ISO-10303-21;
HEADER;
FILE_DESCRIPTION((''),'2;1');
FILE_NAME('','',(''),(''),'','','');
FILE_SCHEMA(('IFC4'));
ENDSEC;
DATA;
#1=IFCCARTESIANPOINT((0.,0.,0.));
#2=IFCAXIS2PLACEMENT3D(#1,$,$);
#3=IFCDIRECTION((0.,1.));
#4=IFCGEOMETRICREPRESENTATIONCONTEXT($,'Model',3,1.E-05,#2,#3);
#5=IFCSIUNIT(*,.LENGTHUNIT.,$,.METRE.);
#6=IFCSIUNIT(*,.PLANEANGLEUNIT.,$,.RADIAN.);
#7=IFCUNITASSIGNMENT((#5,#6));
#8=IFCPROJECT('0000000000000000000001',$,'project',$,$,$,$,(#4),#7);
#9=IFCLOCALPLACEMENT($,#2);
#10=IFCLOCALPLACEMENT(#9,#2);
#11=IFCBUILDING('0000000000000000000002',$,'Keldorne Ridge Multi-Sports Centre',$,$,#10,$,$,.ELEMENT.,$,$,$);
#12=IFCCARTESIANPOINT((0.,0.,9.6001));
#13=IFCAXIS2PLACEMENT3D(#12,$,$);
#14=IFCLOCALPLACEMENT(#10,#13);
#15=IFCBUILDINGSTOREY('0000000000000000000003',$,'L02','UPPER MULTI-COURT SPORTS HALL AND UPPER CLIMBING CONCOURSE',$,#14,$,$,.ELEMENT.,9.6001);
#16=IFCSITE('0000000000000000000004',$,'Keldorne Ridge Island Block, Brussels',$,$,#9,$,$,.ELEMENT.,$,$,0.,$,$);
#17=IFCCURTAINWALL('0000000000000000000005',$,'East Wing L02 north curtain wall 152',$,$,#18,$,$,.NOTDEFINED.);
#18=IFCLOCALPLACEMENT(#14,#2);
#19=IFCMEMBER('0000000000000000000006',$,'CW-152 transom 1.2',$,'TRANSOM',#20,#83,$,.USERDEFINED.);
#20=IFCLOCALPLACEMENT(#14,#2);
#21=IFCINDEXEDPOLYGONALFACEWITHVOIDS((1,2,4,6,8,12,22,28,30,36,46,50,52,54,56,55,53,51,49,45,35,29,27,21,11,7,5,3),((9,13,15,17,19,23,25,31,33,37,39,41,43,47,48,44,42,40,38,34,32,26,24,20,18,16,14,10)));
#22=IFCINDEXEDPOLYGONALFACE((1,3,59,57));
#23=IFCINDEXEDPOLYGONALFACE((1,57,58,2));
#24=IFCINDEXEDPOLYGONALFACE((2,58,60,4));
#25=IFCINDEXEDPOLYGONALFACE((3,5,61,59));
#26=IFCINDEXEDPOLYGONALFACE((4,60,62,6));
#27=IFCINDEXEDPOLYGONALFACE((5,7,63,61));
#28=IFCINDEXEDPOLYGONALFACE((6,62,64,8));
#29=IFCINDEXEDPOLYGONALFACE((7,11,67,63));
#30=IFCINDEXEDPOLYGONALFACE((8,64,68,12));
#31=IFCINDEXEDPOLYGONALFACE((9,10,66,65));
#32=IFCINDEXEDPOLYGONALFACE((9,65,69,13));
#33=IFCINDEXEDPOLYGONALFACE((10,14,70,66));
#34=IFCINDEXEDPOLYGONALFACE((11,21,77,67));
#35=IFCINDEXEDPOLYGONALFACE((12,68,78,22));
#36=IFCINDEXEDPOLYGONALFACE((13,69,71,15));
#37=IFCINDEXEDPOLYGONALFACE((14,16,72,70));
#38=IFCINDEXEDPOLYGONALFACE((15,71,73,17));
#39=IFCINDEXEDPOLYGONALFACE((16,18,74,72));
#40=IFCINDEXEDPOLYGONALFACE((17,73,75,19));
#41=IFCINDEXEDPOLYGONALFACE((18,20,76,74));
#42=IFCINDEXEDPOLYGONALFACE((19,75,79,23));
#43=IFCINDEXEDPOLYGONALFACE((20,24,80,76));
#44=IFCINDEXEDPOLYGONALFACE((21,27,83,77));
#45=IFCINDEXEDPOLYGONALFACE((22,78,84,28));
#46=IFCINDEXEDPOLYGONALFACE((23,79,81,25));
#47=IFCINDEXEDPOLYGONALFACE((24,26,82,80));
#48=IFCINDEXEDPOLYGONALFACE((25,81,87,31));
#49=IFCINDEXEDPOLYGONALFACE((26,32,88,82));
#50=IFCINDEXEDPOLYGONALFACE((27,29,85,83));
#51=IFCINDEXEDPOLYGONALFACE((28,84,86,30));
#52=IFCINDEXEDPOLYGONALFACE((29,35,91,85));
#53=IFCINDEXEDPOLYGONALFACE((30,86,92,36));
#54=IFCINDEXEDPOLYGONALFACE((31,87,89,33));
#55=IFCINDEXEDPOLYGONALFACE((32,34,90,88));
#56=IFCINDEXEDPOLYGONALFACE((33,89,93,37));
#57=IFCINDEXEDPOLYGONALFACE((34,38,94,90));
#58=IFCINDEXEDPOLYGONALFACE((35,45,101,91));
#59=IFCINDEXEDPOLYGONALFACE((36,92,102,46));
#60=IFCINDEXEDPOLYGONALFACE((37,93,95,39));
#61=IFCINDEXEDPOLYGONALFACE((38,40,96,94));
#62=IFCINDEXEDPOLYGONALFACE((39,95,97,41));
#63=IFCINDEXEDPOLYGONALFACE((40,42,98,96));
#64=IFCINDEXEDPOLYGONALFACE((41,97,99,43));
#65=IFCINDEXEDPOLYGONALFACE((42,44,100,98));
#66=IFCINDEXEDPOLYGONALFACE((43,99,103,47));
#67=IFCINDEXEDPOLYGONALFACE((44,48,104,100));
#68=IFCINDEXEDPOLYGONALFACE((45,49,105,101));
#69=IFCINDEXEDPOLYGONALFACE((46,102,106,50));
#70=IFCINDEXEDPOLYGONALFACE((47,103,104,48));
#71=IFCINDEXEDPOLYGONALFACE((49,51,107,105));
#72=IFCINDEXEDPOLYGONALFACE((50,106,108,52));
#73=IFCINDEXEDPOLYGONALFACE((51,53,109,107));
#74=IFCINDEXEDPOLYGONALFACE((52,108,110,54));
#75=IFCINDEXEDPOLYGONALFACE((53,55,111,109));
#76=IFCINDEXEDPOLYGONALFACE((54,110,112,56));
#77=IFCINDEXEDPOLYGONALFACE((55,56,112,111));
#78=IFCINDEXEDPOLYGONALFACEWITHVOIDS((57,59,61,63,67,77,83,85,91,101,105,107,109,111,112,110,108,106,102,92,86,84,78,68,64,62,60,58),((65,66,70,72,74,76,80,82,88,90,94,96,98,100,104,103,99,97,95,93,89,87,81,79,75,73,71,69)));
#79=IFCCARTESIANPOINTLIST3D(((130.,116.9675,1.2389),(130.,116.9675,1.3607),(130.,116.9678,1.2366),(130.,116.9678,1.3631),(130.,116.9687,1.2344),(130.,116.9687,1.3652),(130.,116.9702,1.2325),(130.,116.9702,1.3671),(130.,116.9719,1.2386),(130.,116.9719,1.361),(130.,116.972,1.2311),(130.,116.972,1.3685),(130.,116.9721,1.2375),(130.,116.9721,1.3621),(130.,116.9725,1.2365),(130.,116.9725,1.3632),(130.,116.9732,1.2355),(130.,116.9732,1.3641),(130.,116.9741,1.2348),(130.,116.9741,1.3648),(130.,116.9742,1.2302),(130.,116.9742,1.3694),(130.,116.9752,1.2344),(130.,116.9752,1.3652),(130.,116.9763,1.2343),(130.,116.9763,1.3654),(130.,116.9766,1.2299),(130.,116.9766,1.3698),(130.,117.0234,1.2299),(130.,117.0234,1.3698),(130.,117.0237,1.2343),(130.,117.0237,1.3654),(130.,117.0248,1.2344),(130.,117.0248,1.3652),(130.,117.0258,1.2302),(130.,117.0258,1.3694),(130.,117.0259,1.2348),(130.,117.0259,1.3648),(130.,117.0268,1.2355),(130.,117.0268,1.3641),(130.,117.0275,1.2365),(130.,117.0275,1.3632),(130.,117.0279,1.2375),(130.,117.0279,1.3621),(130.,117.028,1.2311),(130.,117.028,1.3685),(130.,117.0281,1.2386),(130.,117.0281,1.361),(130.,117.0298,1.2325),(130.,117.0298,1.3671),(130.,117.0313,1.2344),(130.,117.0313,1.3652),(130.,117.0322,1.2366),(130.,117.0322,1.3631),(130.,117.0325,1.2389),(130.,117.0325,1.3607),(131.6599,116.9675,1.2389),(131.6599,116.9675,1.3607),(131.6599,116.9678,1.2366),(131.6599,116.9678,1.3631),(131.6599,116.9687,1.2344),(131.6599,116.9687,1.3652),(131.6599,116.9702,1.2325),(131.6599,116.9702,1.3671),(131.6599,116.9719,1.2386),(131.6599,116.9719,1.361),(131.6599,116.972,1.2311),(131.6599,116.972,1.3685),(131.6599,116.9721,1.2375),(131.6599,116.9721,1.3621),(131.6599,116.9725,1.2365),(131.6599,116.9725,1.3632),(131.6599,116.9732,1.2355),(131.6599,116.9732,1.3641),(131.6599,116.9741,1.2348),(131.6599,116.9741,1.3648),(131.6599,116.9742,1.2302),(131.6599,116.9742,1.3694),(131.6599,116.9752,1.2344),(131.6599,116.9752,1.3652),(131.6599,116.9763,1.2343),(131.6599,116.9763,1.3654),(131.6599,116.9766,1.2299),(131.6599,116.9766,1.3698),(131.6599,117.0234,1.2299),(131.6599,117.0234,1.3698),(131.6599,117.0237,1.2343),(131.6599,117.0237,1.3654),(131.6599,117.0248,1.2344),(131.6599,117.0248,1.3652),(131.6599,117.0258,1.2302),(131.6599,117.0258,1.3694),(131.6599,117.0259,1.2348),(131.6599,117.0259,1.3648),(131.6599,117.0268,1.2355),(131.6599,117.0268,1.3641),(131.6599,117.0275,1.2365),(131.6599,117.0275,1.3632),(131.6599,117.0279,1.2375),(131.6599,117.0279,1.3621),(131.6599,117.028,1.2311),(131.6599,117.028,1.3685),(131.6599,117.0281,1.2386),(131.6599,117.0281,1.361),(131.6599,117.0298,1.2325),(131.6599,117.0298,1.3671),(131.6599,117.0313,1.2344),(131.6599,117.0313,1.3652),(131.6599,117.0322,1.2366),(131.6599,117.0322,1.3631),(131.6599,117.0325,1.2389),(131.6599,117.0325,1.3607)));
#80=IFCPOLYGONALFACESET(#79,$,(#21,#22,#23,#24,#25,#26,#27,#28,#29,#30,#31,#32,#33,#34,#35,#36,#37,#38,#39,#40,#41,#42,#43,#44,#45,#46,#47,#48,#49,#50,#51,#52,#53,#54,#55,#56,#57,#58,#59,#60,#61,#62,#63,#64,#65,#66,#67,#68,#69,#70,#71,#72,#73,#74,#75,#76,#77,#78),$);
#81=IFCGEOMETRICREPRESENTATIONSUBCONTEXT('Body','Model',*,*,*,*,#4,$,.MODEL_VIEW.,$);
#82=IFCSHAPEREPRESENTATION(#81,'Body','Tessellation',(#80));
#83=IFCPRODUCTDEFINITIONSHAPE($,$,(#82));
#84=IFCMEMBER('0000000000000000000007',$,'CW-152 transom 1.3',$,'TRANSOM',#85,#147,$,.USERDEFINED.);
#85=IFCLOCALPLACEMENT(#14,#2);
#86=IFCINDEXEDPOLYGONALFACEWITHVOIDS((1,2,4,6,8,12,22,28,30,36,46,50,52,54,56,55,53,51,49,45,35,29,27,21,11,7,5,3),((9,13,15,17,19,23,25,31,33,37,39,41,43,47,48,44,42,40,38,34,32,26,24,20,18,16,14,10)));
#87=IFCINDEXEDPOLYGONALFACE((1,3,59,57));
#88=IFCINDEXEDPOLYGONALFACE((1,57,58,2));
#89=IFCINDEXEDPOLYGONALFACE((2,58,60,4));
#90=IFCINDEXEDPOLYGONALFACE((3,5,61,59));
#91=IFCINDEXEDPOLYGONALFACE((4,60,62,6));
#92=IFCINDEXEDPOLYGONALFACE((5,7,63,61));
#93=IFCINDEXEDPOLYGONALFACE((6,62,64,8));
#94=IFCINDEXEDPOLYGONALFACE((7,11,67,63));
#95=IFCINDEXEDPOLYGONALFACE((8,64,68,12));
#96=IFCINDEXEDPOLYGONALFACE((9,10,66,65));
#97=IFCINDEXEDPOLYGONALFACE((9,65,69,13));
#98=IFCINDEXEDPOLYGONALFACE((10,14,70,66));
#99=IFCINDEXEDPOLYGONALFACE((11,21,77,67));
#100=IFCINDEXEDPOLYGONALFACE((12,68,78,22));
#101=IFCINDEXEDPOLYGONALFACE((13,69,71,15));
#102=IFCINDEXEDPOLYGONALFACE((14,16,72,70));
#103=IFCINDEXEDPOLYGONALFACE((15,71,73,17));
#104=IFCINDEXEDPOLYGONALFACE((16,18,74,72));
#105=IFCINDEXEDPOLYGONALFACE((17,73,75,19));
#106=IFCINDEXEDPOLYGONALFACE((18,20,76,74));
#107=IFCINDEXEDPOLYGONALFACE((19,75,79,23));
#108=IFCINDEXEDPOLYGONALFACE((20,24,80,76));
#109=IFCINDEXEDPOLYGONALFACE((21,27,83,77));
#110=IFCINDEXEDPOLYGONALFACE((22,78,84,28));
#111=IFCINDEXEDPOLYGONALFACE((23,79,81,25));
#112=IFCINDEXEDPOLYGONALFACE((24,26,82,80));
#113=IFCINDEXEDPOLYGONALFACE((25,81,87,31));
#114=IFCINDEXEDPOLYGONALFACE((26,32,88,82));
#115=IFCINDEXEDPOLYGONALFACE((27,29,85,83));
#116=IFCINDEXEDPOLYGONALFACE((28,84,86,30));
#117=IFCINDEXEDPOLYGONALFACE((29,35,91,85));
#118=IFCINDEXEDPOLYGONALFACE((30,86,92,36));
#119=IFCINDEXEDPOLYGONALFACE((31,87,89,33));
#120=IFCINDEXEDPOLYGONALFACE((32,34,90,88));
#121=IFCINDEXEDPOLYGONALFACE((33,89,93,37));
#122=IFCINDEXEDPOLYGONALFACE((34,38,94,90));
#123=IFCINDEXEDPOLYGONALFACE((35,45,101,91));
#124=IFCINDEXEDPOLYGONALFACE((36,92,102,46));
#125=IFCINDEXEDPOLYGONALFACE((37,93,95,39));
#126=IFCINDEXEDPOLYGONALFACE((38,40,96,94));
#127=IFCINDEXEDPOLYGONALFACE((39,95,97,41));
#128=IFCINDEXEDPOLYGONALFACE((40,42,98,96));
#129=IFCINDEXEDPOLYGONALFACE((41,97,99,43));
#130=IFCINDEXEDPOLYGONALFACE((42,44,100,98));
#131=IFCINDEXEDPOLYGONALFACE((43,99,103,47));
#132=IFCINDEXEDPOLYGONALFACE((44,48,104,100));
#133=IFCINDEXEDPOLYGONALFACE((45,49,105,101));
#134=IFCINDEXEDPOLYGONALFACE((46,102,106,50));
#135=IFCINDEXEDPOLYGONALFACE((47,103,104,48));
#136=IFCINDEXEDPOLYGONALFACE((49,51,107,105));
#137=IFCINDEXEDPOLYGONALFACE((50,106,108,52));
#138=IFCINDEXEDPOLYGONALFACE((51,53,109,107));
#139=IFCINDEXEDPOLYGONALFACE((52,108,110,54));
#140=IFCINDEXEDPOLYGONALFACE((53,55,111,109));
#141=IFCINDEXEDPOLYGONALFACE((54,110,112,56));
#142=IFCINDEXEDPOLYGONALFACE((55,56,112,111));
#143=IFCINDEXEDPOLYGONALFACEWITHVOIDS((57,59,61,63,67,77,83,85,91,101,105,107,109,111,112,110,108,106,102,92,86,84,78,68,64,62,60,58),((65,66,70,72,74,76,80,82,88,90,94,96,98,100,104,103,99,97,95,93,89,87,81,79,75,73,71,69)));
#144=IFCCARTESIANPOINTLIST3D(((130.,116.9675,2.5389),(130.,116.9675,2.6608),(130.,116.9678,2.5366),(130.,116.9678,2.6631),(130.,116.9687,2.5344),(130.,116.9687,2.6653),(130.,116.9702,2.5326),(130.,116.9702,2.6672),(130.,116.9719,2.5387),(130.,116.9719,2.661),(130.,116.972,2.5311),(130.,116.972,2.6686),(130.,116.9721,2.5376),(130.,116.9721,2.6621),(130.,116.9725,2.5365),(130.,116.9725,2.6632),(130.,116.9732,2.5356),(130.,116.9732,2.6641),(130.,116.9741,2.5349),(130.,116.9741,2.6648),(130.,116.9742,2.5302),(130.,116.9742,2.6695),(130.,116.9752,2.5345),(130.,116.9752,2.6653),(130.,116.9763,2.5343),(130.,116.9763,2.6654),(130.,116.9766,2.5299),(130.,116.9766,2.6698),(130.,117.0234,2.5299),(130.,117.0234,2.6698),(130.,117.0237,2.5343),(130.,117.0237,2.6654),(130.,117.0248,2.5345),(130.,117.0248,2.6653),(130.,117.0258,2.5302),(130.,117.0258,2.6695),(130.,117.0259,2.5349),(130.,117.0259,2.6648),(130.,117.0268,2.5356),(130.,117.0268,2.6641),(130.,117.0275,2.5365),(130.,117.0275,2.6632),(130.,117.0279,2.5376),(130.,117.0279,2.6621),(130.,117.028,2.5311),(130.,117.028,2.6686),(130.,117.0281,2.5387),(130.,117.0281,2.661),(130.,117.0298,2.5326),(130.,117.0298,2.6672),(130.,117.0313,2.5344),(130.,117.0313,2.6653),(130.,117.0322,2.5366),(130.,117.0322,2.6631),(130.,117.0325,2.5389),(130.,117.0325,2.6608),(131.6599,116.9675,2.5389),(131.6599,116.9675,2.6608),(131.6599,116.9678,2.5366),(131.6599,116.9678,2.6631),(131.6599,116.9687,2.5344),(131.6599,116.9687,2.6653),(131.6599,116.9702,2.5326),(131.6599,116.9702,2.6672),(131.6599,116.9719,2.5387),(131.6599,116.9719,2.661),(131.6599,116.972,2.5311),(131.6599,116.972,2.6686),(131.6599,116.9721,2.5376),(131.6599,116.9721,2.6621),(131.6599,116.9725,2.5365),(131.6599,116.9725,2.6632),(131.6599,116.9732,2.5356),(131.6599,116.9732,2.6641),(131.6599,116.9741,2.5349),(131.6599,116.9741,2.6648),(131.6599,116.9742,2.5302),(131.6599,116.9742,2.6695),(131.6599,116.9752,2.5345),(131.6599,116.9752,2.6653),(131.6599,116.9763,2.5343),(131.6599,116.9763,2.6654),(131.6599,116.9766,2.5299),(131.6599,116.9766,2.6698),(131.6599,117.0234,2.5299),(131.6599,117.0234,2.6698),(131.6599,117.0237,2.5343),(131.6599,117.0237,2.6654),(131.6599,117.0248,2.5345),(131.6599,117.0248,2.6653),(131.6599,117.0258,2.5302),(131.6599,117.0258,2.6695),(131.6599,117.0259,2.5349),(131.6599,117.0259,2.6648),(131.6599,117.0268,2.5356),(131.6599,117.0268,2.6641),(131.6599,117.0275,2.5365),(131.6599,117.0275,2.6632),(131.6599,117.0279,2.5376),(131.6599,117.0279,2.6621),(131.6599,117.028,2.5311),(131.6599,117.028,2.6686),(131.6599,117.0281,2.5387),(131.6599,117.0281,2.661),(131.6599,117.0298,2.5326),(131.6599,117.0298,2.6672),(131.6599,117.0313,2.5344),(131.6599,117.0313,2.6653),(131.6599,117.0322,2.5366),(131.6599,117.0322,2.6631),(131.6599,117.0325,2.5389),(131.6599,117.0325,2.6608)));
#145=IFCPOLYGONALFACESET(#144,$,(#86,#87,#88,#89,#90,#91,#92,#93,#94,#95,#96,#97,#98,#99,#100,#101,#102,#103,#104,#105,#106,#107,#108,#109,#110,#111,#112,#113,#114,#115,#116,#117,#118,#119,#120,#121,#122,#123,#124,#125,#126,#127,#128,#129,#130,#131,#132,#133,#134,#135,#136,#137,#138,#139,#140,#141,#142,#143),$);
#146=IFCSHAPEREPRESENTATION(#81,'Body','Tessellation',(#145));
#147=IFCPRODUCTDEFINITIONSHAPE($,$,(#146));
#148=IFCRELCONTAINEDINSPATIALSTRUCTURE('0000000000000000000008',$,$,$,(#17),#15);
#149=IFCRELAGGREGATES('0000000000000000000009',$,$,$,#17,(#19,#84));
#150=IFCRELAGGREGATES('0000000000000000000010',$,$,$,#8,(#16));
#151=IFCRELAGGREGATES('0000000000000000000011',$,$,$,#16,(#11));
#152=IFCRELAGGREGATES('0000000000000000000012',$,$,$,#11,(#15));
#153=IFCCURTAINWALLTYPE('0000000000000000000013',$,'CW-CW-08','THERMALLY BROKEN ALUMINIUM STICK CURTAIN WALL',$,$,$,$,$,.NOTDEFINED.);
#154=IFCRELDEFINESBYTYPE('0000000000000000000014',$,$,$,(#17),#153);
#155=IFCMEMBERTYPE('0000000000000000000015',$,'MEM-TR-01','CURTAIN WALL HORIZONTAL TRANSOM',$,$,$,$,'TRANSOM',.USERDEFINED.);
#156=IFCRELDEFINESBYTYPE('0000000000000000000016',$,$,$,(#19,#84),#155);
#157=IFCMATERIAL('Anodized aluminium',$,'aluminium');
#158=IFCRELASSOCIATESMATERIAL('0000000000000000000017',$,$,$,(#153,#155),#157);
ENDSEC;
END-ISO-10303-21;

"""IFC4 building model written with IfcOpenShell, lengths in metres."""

from ifc_helpers import new_model, si_unit, direction, frame, origin, origin_2d, place, context, subcontext, project, spatial, hollow_rectangle, extrude, material, material_profile, profile_set, type_object, element, aggregate, save


model = new_model("IFC4")

# Units and contexts
model_context = context("Model", 3, precision=1e-05, world=origin(), true_north=direction((0.0, 1.0)))
body_context = subcontext(model_context, "Body", "Model", "MODEL_VIEW")
ifc_project = project(units=[si_unit("LENGTHUNIT", "METRE"), si_unit("PLANEANGLEUNIT", "RADIAN")], contexts=[model_context])

# Site, building, storey
site_placement = place(None, origin())
site = spatial("IfcSite", under=ifc_project, at=site_placement, Name="Keldorne Ridge Island Block, Brussels", CompositionType="ELEMENT", RefElevation=0.0)
building_placement = place(site_placement, origin())
building = spatial("IfcBuilding", under=site, at=building_placement, Name="Keldorne Ridge Multi-Sports Centre", CompositionType="ELEMENT")
storey_placement = place(building_placement, frame((0.0, 0.0, 9.6001)))
storey = spatial("IfcBuildingStorey", under=building, at=storey_placement, Name="L02", Description="UPPER MULTI-COURT SPORTS HALL AND UPPER CLIMBING CONCOURSE", CompositionType="ELEMENT", Elevation=9.6001)

# Curtain wall, members
ifc_material_1 = material(Name="Anodized aluminium", Category="aluminium")
curtain_wall_type = type_object("IfcCurtainWallType", Name="CW-CW-08", Description="THERMALLY BROKEN ALUMINIUM STICK CURTAIN WALL", PredefinedType="NOTDEFINED", material=ifc_material_1)
curtain_wall_placement = place(storey_placement, origin())
curtain_wall = element("IfcCurtainWall", 1, at=curtain_wall_placement, inside=storey, type_object=curtain_wall_type, Name="East Wing L02 north curtain wall 152", PredefinedType="NOTDEFINED")
ifc_material_profile_1 = material_profile(ifc_material_1, hollow_rectangle(XDim=0.0649, YDim=0.1399, WallThickness=0.0044, InnerFilletRadius=0.0044, OuterFilletRadius=0.009, at=origin_2d()), Name="ALU TRANSOM 140x65x4.5")
ifc_profile_set_1 = profile_set([ifc_material_profile_1], Name="Anodized aluminium")
member_type_1 = type_object("IfcMemberType", Name="MEM-TR-01", Description="CURTAIN WALL HORIZONTAL TRANSOM", ElementType="TRANSOM", PredefinedType="USERDEFINED", material=ifc_profile_set_1)
member_1_placement = place(storey_placement, frame((131.6599, 117.0, 1.2998), z_axis=(-1.0, 0.0, 0.0), x_axis=(0.0, -1.0, 0.0)))
member_1 = element("IfcMember", 2, at=member_1_placement, type_object=member_type_1, Name="CW-152 transom 1.2", ObjectType="TRANSOM", PredefinedType="USERDEFINED", context=body_context, shape_type="SweptSolid", body=[
    extrude(hollow_rectangle(XDim=0.0649, YDim=0.1399, WallThickness=0.0044, InnerFilletRadius=0.0044, OuterFilletRadius=0.009, at=origin_2d()), origin(), (0.0, 0.0, 1.0), 1.6599),
])
member_2_placement = place(storey_placement, frame((131.6599, 117.0, 2.5999), z_axis=(-1.0, 0.0, 0.0), x_axis=(0.0, -1.0, 0.0)))
member_2 = element("IfcMember", 3, at=member_2_placement, type_object=member_type_1, Name="CW-152 transom 1.3", ObjectType="TRANSOM", PredefinedType="USERDEFINED", context=body_context, shape_type="SweptSolid", body=[
    extrude(hollow_rectangle(XDim=0.0649, YDim=0.1399, WallThickness=0.0044, InnerFilletRadius=0.0044, OuterFilletRadius=0.009, at=origin_2d()), origin(), (0.0, 0.0, 1.0), 1.6599),
])
aggregate(curtain_wall, [member_1, member_2])

save(model, "model.ifc")
